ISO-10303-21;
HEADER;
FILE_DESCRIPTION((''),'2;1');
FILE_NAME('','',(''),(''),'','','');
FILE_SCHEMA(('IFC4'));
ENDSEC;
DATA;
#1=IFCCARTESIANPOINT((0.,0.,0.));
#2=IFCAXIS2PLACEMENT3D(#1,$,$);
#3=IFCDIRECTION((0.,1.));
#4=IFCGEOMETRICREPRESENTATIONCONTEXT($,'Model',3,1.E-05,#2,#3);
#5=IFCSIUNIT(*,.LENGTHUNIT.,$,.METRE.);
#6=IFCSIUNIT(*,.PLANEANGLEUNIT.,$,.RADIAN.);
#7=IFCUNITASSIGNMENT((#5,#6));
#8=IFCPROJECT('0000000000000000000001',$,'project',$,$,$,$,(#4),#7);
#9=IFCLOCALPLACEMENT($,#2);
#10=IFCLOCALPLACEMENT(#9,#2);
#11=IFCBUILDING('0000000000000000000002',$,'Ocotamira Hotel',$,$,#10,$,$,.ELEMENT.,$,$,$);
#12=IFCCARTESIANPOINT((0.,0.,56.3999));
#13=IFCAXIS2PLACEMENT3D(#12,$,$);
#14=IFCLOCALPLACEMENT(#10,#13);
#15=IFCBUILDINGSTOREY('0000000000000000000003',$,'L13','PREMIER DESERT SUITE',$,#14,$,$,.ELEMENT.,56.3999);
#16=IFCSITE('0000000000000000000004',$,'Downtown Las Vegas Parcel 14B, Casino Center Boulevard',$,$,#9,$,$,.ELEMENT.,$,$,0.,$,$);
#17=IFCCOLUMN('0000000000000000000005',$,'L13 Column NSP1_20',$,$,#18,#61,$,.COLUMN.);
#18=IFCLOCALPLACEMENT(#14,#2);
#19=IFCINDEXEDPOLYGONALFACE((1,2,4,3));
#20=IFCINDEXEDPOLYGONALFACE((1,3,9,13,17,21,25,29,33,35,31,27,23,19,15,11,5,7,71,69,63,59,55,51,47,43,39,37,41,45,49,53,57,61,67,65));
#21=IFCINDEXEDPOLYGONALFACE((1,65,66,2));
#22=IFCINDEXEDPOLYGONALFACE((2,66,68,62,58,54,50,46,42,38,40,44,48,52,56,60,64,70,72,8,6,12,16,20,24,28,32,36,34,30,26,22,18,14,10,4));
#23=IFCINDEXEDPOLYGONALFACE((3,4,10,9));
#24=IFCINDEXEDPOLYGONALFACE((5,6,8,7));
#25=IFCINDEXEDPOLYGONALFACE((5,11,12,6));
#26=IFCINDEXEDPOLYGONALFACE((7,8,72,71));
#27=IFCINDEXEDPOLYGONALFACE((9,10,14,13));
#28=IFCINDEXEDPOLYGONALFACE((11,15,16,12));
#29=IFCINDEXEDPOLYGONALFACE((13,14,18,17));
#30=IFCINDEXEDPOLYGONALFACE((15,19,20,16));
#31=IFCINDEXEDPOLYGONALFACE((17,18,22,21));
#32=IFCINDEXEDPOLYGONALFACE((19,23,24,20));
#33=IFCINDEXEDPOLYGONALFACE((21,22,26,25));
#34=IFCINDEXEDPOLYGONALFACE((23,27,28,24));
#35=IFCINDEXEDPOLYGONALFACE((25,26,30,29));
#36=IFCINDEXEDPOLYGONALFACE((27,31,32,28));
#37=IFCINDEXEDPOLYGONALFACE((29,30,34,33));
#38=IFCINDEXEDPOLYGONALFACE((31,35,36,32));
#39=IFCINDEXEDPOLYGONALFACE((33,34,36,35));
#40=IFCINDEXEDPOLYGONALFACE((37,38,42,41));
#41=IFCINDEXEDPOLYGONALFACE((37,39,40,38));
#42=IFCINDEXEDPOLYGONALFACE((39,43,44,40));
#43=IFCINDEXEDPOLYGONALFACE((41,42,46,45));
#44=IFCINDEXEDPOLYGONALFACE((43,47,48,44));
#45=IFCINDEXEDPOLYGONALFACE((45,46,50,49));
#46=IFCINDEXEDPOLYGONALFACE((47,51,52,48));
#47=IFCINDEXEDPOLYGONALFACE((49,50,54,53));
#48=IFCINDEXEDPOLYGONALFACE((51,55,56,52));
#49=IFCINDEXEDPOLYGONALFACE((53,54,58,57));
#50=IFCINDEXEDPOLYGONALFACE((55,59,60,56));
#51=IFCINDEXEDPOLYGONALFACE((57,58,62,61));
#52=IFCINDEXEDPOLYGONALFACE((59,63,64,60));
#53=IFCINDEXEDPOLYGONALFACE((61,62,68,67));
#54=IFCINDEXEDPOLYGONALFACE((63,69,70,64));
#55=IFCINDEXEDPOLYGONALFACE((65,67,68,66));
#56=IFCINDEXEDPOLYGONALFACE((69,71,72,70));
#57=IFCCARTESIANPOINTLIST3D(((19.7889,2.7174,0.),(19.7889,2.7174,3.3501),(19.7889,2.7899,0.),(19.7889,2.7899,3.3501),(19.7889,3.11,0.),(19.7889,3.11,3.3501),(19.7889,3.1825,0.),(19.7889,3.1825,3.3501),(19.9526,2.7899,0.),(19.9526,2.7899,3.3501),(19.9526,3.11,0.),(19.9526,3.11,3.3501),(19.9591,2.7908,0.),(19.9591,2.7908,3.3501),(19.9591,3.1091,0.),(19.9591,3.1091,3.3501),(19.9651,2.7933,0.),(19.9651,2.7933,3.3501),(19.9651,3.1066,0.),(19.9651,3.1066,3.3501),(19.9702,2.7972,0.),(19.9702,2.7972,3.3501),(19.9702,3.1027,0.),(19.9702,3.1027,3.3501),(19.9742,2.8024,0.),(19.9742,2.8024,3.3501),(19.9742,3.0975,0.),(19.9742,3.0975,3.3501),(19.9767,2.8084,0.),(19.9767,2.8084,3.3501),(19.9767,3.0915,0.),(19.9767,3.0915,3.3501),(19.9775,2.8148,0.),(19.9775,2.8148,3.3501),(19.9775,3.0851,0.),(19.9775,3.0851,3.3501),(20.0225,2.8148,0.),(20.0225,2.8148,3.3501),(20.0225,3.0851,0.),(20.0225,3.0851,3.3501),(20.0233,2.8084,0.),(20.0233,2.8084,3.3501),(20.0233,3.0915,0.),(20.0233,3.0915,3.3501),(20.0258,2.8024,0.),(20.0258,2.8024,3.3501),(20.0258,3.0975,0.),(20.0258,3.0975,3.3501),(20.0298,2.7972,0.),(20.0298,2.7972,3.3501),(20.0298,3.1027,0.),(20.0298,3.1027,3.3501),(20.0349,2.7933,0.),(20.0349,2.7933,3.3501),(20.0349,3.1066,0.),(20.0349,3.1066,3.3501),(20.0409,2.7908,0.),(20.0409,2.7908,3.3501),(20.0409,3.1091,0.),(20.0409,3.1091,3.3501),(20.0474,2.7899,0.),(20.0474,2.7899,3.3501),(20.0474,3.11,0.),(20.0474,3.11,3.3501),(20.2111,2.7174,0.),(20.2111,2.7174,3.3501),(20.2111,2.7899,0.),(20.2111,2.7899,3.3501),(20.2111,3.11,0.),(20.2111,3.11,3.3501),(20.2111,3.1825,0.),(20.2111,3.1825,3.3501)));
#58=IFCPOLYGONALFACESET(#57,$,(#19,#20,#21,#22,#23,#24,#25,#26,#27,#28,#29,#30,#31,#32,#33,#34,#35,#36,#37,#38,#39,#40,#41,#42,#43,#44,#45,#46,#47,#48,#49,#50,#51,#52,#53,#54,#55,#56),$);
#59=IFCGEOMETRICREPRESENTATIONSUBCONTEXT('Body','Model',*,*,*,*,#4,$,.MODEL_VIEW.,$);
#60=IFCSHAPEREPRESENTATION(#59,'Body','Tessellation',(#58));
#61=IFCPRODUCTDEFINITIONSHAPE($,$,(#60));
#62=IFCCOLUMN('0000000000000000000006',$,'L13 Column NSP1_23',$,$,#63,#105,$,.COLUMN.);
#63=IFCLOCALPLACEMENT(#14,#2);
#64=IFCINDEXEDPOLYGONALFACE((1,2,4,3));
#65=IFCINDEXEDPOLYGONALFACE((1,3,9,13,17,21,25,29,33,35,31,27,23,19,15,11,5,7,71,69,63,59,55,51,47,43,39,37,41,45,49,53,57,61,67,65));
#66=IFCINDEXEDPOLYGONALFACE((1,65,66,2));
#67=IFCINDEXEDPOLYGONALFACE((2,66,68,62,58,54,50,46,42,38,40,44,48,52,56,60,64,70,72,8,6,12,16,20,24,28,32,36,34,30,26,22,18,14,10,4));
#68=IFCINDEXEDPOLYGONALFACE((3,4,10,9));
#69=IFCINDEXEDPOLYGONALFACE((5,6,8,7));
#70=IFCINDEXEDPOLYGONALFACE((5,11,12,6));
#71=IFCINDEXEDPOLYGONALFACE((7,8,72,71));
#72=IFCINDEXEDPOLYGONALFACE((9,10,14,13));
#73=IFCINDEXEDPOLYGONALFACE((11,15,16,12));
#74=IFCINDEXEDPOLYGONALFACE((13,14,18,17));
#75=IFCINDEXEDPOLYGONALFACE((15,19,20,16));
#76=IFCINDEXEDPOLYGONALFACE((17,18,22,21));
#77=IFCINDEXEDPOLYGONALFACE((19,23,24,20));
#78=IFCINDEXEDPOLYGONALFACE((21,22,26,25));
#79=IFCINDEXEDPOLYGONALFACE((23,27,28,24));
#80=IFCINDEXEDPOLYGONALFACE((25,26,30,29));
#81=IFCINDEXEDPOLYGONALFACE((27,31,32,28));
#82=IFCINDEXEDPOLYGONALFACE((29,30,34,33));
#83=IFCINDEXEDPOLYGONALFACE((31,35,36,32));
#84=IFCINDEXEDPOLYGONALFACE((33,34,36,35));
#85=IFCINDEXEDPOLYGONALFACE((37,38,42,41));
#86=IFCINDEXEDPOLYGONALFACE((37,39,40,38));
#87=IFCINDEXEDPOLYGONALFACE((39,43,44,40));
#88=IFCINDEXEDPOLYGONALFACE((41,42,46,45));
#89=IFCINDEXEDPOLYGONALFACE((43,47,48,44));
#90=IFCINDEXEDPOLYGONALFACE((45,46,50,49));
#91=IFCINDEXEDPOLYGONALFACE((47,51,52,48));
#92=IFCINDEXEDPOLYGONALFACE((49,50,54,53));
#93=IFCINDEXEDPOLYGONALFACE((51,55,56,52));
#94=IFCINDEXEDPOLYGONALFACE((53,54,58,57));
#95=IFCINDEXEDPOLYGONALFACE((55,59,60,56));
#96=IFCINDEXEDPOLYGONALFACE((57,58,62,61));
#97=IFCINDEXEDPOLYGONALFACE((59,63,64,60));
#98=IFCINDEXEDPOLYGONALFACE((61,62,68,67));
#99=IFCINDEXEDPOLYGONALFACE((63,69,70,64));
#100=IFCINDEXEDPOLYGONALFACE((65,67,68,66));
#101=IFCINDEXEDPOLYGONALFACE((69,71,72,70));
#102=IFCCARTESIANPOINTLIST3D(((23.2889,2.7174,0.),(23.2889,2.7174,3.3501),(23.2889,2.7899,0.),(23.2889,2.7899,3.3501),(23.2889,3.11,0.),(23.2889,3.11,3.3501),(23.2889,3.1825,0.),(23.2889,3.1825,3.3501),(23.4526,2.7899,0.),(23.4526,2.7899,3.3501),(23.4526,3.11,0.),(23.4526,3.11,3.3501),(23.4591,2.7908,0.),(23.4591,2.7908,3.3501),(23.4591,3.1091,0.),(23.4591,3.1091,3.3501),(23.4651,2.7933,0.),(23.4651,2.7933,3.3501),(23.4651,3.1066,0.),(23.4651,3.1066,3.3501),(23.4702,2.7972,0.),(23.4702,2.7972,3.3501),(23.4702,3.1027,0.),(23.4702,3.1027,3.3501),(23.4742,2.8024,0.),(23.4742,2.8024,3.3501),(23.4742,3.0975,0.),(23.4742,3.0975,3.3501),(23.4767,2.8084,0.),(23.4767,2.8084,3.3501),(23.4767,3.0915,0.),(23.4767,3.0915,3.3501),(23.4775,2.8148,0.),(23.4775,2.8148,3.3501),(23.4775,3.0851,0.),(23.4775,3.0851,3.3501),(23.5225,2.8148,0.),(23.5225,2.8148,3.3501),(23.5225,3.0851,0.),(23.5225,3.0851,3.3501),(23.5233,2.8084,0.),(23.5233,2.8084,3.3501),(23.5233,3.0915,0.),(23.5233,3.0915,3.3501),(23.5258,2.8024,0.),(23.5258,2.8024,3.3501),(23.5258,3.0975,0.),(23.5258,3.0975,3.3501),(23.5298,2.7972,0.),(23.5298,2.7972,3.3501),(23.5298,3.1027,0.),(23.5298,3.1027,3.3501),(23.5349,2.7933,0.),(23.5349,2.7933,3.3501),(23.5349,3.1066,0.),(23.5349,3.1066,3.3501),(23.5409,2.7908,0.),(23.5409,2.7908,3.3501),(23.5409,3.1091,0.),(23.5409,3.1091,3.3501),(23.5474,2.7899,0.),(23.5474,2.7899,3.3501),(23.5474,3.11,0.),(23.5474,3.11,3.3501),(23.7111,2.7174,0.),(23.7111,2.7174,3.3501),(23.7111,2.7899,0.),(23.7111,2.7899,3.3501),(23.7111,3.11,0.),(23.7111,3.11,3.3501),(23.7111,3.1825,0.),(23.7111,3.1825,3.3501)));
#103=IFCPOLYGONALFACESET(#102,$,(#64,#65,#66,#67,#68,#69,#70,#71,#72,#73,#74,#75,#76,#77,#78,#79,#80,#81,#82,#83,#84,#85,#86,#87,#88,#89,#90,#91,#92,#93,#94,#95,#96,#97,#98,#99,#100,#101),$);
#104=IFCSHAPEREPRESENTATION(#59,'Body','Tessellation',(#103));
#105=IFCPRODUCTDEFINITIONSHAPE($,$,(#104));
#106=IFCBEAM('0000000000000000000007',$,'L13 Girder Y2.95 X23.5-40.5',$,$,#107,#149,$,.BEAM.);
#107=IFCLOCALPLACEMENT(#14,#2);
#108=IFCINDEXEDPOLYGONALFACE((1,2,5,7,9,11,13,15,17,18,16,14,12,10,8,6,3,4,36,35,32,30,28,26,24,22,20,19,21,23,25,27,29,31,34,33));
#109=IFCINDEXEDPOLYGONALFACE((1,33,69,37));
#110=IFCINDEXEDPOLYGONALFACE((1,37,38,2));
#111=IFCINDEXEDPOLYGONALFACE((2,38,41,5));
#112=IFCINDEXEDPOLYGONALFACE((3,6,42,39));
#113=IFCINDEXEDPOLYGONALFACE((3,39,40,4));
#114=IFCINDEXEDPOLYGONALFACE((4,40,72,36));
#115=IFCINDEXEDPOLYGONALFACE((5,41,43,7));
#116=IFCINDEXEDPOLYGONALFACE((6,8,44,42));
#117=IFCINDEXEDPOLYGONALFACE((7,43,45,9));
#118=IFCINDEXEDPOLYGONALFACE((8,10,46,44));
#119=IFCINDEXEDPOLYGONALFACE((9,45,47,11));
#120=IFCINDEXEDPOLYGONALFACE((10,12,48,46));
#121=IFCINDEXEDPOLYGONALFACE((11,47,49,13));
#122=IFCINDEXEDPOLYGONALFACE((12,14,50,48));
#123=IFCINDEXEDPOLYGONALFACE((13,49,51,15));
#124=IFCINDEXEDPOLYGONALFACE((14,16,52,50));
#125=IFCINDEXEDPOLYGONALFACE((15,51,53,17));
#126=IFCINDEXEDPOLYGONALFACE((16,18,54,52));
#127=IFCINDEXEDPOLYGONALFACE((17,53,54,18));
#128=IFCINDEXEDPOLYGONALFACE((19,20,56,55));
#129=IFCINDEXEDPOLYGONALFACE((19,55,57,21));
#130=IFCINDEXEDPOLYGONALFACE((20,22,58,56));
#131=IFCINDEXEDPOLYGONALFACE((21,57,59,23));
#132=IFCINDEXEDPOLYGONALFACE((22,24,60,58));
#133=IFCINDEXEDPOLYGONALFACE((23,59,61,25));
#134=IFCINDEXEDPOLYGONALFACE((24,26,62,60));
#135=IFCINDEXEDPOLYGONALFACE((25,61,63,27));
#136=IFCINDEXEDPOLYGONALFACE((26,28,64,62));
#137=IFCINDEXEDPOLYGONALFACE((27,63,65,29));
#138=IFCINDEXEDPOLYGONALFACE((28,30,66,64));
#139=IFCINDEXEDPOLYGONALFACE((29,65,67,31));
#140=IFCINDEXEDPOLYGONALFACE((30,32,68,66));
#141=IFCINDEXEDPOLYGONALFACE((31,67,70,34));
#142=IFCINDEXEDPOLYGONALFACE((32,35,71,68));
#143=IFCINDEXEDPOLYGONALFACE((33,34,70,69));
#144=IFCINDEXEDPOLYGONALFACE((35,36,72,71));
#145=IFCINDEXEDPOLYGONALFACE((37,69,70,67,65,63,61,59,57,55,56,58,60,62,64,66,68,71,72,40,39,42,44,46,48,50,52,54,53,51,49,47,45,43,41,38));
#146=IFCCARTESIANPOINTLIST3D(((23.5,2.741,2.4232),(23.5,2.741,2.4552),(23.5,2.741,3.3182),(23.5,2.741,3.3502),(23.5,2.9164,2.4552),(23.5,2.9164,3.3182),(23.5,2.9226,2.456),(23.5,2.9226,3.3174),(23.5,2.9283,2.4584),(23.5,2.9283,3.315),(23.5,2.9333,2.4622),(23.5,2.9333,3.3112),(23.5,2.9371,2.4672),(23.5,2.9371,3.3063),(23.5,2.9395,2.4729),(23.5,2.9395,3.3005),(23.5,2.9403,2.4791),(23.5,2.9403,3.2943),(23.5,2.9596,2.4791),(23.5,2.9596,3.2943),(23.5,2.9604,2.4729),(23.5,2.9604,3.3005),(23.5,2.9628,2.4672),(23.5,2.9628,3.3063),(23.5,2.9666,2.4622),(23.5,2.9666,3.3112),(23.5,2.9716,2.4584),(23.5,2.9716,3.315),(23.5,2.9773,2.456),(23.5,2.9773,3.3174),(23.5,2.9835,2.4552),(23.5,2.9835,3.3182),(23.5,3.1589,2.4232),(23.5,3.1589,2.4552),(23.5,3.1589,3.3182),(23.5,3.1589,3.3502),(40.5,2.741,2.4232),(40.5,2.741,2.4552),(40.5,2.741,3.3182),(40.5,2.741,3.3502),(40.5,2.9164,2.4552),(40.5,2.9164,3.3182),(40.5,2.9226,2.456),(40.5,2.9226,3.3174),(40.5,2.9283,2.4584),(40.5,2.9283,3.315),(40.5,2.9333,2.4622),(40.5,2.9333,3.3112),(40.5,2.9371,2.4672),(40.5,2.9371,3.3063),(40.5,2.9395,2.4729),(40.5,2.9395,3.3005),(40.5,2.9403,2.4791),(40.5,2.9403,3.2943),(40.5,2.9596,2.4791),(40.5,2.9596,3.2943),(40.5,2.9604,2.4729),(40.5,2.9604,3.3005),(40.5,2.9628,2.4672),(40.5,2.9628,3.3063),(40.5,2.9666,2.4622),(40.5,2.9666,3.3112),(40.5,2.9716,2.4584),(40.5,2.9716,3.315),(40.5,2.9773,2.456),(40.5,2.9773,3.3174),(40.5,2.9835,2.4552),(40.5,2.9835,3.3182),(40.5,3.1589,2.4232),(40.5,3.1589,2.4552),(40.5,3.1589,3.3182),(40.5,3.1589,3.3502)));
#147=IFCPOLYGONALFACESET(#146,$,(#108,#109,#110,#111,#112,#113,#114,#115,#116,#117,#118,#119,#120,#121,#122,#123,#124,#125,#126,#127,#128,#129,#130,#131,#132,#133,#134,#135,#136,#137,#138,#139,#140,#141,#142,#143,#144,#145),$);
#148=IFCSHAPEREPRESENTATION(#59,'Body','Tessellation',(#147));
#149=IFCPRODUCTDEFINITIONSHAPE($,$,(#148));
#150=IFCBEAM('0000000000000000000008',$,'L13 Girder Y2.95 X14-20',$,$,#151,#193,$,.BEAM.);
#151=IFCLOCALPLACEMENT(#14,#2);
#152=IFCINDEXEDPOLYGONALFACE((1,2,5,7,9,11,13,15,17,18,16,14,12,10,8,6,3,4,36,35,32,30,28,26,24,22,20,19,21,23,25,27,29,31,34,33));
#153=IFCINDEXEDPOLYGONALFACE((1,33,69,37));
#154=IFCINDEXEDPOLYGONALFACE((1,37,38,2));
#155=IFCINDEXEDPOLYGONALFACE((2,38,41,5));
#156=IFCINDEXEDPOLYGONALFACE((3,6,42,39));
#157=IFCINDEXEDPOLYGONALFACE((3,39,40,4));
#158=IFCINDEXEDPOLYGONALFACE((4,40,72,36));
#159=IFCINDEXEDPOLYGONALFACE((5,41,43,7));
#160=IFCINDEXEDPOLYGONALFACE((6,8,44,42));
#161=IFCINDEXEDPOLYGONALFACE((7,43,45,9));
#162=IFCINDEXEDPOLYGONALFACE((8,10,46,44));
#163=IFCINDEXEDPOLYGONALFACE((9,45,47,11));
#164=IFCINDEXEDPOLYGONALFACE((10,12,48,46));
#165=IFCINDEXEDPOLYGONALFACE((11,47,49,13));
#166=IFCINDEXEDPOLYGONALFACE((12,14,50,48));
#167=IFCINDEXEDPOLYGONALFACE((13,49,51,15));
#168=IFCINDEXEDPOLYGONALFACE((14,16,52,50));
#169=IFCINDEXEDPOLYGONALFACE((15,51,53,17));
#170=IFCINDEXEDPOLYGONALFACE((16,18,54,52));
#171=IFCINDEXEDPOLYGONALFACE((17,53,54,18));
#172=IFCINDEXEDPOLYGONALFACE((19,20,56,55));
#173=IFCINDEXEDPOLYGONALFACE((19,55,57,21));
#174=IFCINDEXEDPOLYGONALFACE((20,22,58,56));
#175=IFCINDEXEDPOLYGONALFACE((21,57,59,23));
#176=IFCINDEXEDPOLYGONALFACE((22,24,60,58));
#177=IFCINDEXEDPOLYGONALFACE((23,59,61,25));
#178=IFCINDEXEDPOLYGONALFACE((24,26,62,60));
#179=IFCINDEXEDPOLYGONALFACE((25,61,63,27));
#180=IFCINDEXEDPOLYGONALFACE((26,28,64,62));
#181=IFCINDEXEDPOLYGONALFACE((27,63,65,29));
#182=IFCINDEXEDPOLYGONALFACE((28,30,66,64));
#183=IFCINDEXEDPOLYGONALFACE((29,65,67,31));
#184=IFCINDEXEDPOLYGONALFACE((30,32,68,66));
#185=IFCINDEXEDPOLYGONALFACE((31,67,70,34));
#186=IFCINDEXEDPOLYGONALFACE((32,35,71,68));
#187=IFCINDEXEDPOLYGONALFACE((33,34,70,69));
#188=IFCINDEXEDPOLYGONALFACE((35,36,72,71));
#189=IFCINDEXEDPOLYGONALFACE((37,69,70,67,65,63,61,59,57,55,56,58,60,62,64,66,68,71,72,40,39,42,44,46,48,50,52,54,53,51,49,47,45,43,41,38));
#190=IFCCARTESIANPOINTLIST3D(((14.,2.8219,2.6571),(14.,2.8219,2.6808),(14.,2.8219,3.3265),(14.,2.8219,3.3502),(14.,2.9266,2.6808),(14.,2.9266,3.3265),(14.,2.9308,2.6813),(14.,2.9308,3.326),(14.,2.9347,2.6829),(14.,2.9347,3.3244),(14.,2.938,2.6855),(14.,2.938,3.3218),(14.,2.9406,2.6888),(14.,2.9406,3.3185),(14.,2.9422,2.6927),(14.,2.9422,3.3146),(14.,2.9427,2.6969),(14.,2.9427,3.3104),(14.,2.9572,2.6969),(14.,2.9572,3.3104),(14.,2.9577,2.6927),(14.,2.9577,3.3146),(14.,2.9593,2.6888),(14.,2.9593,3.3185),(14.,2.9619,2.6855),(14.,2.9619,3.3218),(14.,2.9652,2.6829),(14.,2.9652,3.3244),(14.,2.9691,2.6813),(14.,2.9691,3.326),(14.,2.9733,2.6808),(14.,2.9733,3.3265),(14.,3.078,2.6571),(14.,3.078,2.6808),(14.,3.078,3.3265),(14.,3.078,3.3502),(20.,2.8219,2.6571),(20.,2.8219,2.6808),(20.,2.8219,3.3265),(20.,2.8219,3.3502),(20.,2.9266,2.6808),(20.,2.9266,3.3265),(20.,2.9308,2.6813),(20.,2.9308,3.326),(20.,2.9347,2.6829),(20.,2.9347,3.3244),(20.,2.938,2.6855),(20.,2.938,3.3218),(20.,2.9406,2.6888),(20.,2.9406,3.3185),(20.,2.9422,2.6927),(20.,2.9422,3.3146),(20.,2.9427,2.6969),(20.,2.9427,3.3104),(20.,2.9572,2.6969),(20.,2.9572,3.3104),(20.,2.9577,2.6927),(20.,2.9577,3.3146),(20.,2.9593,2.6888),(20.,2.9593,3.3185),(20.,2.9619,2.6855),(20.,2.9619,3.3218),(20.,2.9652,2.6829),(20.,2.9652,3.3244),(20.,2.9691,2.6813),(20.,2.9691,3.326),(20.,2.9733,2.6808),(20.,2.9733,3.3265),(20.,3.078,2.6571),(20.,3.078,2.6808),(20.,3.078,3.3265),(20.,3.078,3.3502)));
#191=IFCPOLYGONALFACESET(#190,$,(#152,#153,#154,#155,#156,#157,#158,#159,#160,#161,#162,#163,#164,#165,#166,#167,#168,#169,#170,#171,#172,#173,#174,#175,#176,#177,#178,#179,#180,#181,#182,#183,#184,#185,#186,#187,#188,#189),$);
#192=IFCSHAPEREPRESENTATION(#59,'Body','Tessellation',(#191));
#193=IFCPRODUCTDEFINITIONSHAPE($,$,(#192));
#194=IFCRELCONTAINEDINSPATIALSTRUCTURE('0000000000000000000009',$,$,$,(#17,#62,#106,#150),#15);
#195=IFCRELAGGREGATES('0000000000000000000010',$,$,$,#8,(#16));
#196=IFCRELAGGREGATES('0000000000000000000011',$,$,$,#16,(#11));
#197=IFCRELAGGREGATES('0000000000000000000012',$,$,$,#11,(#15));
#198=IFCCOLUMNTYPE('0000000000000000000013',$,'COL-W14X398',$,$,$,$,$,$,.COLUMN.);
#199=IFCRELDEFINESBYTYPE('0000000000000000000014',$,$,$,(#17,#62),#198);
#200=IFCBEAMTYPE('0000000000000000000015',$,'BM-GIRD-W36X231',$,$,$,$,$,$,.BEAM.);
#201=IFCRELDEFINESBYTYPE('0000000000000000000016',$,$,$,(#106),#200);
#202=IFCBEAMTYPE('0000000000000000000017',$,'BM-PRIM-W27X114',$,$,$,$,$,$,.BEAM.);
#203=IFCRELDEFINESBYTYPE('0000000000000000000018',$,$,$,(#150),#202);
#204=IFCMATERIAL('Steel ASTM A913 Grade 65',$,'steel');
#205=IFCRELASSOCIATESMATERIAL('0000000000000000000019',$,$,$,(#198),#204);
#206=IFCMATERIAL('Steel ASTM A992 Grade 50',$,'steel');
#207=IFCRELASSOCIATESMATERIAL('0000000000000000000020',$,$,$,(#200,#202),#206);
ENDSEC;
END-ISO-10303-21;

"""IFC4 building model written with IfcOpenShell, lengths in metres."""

from ifc_helpers import new_model, si_unit, direction, frame, origin, origin_2d, place, context, subcontext, project, spatial, i_section, extrude, source, transform, mapped, material, material_profile, profile_set, type_object, element, save


model = new_model("IFC4")

# Units and contexts
model_context = context("Model", 3, precision=1e-05, world=origin(), true_north=direction((0.0, 1.0)))
body_context = subcontext(model_context, "Body", "Model", "MODEL_VIEW")
ifc_project = project(units=[si_unit("LENGTHUNIT", "METRE"), si_unit("PLANEANGLEUNIT", "RADIAN")], contexts=[model_context])

# Site, building, storey
site_placement = place(None, origin())
site = spatial("IfcSite", under=ifc_project, at=site_placement, Name="Downtown Las Vegas Parcel 14B, Casino Center Boulevard", CompositionType="ELEMENT", RefElevation=0.0)
building_placement = place(site_placement, origin())
building = spatial("IfcBuilding", under=site, at=building_placement, Name="Ocotamira Hotel", CompositionType="ELEMENT")
storey_placement = place(building_placement, frame((0.0, 0.0, 56.3999)))
storey = spatial("IfcBuildingStorey", under=building, at=storey_placement, Name="L13", Description="PREMIER DESERT SUITE", CompositionType="ELEMENT", Elevation=56.3999)

# Columns
ifc_material_1 = material(Name="Steel ASTM A913 Grade 65", Category="steel")
ifc_material_profile_1 = material_profile(ifc_material_1, i_section(OverallWidth=0.4221, OverallDepth=0.4651, WebThickness=0.0449, FlangeThickness=0.0725, FilletRadius=0.0249, at=origin_2d()), Name="W14X398")
ifc_profile_set_1 = profile_set([ifc_material_profile_1], Name="Steel ASTM A913 Grade 65")
column_type = type_object("IfcColumnType", Name="COL-W14X398", PredefinedType="COLUMN", material=ifc_profile_set_1)
shared_shape_1 = source(origin(), body_context, "Body", "SweptSolid", [
    extrude(i_section(OverallWidth=0.4221, OverallDepth=0.4651, WebThickness=0.0449, FlangeThickness=0.0725, FilletRadius=0.0249, at=origin_2d()), origin(), (0.0, 0.0, 1.0), 3.3501),
])
for number, where, z_axis, x_axis, name in (
    (1, (20.0, 2.95, 0.0), (0.0, 0.0, 1.0), (1.0, 0.0, 0.0), "L13 Column NSP1_20"),
    (2, (23.5, 2.95, 0.0), (0.0, 0.0, 1.0), (1.0, 0.0, 0.0), "L13 Column NSP1_23"),
):
    element("IfcColumn", number, at=place(storey_placement, frame(where, z_axis=z_axis, x_axis=x_axis)), inside=storey, type_object=column_type, Name=name, PredefinedType="COLUMN", context=body_context, shape_type="MappedRepresentation", body=[
        mapped(shared_shape_1, transform((0.0, 0.0, 0.0), scale=1.0)),
    ])

# Beams
ifc_material_2 = material(Name="Steel ASTM A992 Grade 50", Category="steel")
ifc_material_profile_2 = material_profile(ifc_material_2, i_section(OverallWidth=0.418, OverallDepth=0.927, WebThickness=0.0193, FlangeThickness=0.032, FilletRadius=0.0239, at=origin_2d()), Name="W36X231")
ifc_profile_set_2 = profile_set([ifc_material_profile_2], Name="Steel ASTM A992 Grade 50")
beam_type_1 = type_object("IfcBeamType", Name="BM-GIRD-W36X231", PredefinedType="BEAM", material=ifc_profile_set_2)
shared_shape_2 = source(origin(), body_context, "Body", "SweptSolid", [
    extrude(i_section(OverallWidth=0.418, OverallDepth=0.927, WebThickness=0.0193, FlangeThickness=0.032, FilletRadius=0.0239, at=origin_2d()), origin(), (0.0, 0.0, 1.0), 17.0),
])
beam_1_placement = place(storey_placement, frame((23.5, 2.95, 2.8867), z_axis=(1.0, 0.0, 0.0), x_axis=(0.0, 1.0, 0.0)))
element("IfcBeam", 3, at=beam_1_placement, inside=storey, type_object=beam_type_1, Name="L13 Girder Y2.95 X23.5-40.5", PredefinedType="BEAM", context=body_context, shape_type="MappedRepresentation", body=[
    mapped(shared_shape_2, transform((0.0, 0.0, 0.0), scale=1.0)),
])
ifc_material_profile_3 = material_profile(ifc_material_2, i_section(OverallWidth=0.2561, OverallDepth=0.6931, WebThickness=0.0144, FlangeThickness=0.0237, FilletRadius=0.0161, at=origin_2d()), Name="W27X114")
ifc_profile_set_3 = profile_set([ifc_material_profile_3], Name="Steel ASTM A992 Grade 50")
beam_type_2 = type_object("IfcBeamType", Name="BM-PRIM-W27X114", PredefinedType="BEAM", material=ifc_profile_set_3)
shared_shape_3 = source(origin(), body_context, "Body", "SweptSolid", [
    extrude(i_section(OverallWidth=0.2561, OverallDepth=0.6931, WebThickness=0.0144, FlangeThickness=0.0237, FilletRadius=0.0161, at=origin_2d()), origin(), (0.0, 0.0, 1.0), 6.0),
])
beam_2_placement = place(storey_placement, frame((14.0, 2.95, 3.0037), z_axis=(1.0, 0.0, 0.0), x_axis=(0.0, 1.0, 0.0)))
element("IfcBeam", 4, at=beam_2_placement, inside=storey, type_object=beam_type_2, Name="L13 Girder Y2.95 X14-20", PredefinedType="BEAM", context=body_context, shape_type="MappedRepresentation", body=[
    mapped(shared_shape_3, transform((0.0, 0.0, 0.0), scale=1.0)),
])

save(model, "model.ifc")
